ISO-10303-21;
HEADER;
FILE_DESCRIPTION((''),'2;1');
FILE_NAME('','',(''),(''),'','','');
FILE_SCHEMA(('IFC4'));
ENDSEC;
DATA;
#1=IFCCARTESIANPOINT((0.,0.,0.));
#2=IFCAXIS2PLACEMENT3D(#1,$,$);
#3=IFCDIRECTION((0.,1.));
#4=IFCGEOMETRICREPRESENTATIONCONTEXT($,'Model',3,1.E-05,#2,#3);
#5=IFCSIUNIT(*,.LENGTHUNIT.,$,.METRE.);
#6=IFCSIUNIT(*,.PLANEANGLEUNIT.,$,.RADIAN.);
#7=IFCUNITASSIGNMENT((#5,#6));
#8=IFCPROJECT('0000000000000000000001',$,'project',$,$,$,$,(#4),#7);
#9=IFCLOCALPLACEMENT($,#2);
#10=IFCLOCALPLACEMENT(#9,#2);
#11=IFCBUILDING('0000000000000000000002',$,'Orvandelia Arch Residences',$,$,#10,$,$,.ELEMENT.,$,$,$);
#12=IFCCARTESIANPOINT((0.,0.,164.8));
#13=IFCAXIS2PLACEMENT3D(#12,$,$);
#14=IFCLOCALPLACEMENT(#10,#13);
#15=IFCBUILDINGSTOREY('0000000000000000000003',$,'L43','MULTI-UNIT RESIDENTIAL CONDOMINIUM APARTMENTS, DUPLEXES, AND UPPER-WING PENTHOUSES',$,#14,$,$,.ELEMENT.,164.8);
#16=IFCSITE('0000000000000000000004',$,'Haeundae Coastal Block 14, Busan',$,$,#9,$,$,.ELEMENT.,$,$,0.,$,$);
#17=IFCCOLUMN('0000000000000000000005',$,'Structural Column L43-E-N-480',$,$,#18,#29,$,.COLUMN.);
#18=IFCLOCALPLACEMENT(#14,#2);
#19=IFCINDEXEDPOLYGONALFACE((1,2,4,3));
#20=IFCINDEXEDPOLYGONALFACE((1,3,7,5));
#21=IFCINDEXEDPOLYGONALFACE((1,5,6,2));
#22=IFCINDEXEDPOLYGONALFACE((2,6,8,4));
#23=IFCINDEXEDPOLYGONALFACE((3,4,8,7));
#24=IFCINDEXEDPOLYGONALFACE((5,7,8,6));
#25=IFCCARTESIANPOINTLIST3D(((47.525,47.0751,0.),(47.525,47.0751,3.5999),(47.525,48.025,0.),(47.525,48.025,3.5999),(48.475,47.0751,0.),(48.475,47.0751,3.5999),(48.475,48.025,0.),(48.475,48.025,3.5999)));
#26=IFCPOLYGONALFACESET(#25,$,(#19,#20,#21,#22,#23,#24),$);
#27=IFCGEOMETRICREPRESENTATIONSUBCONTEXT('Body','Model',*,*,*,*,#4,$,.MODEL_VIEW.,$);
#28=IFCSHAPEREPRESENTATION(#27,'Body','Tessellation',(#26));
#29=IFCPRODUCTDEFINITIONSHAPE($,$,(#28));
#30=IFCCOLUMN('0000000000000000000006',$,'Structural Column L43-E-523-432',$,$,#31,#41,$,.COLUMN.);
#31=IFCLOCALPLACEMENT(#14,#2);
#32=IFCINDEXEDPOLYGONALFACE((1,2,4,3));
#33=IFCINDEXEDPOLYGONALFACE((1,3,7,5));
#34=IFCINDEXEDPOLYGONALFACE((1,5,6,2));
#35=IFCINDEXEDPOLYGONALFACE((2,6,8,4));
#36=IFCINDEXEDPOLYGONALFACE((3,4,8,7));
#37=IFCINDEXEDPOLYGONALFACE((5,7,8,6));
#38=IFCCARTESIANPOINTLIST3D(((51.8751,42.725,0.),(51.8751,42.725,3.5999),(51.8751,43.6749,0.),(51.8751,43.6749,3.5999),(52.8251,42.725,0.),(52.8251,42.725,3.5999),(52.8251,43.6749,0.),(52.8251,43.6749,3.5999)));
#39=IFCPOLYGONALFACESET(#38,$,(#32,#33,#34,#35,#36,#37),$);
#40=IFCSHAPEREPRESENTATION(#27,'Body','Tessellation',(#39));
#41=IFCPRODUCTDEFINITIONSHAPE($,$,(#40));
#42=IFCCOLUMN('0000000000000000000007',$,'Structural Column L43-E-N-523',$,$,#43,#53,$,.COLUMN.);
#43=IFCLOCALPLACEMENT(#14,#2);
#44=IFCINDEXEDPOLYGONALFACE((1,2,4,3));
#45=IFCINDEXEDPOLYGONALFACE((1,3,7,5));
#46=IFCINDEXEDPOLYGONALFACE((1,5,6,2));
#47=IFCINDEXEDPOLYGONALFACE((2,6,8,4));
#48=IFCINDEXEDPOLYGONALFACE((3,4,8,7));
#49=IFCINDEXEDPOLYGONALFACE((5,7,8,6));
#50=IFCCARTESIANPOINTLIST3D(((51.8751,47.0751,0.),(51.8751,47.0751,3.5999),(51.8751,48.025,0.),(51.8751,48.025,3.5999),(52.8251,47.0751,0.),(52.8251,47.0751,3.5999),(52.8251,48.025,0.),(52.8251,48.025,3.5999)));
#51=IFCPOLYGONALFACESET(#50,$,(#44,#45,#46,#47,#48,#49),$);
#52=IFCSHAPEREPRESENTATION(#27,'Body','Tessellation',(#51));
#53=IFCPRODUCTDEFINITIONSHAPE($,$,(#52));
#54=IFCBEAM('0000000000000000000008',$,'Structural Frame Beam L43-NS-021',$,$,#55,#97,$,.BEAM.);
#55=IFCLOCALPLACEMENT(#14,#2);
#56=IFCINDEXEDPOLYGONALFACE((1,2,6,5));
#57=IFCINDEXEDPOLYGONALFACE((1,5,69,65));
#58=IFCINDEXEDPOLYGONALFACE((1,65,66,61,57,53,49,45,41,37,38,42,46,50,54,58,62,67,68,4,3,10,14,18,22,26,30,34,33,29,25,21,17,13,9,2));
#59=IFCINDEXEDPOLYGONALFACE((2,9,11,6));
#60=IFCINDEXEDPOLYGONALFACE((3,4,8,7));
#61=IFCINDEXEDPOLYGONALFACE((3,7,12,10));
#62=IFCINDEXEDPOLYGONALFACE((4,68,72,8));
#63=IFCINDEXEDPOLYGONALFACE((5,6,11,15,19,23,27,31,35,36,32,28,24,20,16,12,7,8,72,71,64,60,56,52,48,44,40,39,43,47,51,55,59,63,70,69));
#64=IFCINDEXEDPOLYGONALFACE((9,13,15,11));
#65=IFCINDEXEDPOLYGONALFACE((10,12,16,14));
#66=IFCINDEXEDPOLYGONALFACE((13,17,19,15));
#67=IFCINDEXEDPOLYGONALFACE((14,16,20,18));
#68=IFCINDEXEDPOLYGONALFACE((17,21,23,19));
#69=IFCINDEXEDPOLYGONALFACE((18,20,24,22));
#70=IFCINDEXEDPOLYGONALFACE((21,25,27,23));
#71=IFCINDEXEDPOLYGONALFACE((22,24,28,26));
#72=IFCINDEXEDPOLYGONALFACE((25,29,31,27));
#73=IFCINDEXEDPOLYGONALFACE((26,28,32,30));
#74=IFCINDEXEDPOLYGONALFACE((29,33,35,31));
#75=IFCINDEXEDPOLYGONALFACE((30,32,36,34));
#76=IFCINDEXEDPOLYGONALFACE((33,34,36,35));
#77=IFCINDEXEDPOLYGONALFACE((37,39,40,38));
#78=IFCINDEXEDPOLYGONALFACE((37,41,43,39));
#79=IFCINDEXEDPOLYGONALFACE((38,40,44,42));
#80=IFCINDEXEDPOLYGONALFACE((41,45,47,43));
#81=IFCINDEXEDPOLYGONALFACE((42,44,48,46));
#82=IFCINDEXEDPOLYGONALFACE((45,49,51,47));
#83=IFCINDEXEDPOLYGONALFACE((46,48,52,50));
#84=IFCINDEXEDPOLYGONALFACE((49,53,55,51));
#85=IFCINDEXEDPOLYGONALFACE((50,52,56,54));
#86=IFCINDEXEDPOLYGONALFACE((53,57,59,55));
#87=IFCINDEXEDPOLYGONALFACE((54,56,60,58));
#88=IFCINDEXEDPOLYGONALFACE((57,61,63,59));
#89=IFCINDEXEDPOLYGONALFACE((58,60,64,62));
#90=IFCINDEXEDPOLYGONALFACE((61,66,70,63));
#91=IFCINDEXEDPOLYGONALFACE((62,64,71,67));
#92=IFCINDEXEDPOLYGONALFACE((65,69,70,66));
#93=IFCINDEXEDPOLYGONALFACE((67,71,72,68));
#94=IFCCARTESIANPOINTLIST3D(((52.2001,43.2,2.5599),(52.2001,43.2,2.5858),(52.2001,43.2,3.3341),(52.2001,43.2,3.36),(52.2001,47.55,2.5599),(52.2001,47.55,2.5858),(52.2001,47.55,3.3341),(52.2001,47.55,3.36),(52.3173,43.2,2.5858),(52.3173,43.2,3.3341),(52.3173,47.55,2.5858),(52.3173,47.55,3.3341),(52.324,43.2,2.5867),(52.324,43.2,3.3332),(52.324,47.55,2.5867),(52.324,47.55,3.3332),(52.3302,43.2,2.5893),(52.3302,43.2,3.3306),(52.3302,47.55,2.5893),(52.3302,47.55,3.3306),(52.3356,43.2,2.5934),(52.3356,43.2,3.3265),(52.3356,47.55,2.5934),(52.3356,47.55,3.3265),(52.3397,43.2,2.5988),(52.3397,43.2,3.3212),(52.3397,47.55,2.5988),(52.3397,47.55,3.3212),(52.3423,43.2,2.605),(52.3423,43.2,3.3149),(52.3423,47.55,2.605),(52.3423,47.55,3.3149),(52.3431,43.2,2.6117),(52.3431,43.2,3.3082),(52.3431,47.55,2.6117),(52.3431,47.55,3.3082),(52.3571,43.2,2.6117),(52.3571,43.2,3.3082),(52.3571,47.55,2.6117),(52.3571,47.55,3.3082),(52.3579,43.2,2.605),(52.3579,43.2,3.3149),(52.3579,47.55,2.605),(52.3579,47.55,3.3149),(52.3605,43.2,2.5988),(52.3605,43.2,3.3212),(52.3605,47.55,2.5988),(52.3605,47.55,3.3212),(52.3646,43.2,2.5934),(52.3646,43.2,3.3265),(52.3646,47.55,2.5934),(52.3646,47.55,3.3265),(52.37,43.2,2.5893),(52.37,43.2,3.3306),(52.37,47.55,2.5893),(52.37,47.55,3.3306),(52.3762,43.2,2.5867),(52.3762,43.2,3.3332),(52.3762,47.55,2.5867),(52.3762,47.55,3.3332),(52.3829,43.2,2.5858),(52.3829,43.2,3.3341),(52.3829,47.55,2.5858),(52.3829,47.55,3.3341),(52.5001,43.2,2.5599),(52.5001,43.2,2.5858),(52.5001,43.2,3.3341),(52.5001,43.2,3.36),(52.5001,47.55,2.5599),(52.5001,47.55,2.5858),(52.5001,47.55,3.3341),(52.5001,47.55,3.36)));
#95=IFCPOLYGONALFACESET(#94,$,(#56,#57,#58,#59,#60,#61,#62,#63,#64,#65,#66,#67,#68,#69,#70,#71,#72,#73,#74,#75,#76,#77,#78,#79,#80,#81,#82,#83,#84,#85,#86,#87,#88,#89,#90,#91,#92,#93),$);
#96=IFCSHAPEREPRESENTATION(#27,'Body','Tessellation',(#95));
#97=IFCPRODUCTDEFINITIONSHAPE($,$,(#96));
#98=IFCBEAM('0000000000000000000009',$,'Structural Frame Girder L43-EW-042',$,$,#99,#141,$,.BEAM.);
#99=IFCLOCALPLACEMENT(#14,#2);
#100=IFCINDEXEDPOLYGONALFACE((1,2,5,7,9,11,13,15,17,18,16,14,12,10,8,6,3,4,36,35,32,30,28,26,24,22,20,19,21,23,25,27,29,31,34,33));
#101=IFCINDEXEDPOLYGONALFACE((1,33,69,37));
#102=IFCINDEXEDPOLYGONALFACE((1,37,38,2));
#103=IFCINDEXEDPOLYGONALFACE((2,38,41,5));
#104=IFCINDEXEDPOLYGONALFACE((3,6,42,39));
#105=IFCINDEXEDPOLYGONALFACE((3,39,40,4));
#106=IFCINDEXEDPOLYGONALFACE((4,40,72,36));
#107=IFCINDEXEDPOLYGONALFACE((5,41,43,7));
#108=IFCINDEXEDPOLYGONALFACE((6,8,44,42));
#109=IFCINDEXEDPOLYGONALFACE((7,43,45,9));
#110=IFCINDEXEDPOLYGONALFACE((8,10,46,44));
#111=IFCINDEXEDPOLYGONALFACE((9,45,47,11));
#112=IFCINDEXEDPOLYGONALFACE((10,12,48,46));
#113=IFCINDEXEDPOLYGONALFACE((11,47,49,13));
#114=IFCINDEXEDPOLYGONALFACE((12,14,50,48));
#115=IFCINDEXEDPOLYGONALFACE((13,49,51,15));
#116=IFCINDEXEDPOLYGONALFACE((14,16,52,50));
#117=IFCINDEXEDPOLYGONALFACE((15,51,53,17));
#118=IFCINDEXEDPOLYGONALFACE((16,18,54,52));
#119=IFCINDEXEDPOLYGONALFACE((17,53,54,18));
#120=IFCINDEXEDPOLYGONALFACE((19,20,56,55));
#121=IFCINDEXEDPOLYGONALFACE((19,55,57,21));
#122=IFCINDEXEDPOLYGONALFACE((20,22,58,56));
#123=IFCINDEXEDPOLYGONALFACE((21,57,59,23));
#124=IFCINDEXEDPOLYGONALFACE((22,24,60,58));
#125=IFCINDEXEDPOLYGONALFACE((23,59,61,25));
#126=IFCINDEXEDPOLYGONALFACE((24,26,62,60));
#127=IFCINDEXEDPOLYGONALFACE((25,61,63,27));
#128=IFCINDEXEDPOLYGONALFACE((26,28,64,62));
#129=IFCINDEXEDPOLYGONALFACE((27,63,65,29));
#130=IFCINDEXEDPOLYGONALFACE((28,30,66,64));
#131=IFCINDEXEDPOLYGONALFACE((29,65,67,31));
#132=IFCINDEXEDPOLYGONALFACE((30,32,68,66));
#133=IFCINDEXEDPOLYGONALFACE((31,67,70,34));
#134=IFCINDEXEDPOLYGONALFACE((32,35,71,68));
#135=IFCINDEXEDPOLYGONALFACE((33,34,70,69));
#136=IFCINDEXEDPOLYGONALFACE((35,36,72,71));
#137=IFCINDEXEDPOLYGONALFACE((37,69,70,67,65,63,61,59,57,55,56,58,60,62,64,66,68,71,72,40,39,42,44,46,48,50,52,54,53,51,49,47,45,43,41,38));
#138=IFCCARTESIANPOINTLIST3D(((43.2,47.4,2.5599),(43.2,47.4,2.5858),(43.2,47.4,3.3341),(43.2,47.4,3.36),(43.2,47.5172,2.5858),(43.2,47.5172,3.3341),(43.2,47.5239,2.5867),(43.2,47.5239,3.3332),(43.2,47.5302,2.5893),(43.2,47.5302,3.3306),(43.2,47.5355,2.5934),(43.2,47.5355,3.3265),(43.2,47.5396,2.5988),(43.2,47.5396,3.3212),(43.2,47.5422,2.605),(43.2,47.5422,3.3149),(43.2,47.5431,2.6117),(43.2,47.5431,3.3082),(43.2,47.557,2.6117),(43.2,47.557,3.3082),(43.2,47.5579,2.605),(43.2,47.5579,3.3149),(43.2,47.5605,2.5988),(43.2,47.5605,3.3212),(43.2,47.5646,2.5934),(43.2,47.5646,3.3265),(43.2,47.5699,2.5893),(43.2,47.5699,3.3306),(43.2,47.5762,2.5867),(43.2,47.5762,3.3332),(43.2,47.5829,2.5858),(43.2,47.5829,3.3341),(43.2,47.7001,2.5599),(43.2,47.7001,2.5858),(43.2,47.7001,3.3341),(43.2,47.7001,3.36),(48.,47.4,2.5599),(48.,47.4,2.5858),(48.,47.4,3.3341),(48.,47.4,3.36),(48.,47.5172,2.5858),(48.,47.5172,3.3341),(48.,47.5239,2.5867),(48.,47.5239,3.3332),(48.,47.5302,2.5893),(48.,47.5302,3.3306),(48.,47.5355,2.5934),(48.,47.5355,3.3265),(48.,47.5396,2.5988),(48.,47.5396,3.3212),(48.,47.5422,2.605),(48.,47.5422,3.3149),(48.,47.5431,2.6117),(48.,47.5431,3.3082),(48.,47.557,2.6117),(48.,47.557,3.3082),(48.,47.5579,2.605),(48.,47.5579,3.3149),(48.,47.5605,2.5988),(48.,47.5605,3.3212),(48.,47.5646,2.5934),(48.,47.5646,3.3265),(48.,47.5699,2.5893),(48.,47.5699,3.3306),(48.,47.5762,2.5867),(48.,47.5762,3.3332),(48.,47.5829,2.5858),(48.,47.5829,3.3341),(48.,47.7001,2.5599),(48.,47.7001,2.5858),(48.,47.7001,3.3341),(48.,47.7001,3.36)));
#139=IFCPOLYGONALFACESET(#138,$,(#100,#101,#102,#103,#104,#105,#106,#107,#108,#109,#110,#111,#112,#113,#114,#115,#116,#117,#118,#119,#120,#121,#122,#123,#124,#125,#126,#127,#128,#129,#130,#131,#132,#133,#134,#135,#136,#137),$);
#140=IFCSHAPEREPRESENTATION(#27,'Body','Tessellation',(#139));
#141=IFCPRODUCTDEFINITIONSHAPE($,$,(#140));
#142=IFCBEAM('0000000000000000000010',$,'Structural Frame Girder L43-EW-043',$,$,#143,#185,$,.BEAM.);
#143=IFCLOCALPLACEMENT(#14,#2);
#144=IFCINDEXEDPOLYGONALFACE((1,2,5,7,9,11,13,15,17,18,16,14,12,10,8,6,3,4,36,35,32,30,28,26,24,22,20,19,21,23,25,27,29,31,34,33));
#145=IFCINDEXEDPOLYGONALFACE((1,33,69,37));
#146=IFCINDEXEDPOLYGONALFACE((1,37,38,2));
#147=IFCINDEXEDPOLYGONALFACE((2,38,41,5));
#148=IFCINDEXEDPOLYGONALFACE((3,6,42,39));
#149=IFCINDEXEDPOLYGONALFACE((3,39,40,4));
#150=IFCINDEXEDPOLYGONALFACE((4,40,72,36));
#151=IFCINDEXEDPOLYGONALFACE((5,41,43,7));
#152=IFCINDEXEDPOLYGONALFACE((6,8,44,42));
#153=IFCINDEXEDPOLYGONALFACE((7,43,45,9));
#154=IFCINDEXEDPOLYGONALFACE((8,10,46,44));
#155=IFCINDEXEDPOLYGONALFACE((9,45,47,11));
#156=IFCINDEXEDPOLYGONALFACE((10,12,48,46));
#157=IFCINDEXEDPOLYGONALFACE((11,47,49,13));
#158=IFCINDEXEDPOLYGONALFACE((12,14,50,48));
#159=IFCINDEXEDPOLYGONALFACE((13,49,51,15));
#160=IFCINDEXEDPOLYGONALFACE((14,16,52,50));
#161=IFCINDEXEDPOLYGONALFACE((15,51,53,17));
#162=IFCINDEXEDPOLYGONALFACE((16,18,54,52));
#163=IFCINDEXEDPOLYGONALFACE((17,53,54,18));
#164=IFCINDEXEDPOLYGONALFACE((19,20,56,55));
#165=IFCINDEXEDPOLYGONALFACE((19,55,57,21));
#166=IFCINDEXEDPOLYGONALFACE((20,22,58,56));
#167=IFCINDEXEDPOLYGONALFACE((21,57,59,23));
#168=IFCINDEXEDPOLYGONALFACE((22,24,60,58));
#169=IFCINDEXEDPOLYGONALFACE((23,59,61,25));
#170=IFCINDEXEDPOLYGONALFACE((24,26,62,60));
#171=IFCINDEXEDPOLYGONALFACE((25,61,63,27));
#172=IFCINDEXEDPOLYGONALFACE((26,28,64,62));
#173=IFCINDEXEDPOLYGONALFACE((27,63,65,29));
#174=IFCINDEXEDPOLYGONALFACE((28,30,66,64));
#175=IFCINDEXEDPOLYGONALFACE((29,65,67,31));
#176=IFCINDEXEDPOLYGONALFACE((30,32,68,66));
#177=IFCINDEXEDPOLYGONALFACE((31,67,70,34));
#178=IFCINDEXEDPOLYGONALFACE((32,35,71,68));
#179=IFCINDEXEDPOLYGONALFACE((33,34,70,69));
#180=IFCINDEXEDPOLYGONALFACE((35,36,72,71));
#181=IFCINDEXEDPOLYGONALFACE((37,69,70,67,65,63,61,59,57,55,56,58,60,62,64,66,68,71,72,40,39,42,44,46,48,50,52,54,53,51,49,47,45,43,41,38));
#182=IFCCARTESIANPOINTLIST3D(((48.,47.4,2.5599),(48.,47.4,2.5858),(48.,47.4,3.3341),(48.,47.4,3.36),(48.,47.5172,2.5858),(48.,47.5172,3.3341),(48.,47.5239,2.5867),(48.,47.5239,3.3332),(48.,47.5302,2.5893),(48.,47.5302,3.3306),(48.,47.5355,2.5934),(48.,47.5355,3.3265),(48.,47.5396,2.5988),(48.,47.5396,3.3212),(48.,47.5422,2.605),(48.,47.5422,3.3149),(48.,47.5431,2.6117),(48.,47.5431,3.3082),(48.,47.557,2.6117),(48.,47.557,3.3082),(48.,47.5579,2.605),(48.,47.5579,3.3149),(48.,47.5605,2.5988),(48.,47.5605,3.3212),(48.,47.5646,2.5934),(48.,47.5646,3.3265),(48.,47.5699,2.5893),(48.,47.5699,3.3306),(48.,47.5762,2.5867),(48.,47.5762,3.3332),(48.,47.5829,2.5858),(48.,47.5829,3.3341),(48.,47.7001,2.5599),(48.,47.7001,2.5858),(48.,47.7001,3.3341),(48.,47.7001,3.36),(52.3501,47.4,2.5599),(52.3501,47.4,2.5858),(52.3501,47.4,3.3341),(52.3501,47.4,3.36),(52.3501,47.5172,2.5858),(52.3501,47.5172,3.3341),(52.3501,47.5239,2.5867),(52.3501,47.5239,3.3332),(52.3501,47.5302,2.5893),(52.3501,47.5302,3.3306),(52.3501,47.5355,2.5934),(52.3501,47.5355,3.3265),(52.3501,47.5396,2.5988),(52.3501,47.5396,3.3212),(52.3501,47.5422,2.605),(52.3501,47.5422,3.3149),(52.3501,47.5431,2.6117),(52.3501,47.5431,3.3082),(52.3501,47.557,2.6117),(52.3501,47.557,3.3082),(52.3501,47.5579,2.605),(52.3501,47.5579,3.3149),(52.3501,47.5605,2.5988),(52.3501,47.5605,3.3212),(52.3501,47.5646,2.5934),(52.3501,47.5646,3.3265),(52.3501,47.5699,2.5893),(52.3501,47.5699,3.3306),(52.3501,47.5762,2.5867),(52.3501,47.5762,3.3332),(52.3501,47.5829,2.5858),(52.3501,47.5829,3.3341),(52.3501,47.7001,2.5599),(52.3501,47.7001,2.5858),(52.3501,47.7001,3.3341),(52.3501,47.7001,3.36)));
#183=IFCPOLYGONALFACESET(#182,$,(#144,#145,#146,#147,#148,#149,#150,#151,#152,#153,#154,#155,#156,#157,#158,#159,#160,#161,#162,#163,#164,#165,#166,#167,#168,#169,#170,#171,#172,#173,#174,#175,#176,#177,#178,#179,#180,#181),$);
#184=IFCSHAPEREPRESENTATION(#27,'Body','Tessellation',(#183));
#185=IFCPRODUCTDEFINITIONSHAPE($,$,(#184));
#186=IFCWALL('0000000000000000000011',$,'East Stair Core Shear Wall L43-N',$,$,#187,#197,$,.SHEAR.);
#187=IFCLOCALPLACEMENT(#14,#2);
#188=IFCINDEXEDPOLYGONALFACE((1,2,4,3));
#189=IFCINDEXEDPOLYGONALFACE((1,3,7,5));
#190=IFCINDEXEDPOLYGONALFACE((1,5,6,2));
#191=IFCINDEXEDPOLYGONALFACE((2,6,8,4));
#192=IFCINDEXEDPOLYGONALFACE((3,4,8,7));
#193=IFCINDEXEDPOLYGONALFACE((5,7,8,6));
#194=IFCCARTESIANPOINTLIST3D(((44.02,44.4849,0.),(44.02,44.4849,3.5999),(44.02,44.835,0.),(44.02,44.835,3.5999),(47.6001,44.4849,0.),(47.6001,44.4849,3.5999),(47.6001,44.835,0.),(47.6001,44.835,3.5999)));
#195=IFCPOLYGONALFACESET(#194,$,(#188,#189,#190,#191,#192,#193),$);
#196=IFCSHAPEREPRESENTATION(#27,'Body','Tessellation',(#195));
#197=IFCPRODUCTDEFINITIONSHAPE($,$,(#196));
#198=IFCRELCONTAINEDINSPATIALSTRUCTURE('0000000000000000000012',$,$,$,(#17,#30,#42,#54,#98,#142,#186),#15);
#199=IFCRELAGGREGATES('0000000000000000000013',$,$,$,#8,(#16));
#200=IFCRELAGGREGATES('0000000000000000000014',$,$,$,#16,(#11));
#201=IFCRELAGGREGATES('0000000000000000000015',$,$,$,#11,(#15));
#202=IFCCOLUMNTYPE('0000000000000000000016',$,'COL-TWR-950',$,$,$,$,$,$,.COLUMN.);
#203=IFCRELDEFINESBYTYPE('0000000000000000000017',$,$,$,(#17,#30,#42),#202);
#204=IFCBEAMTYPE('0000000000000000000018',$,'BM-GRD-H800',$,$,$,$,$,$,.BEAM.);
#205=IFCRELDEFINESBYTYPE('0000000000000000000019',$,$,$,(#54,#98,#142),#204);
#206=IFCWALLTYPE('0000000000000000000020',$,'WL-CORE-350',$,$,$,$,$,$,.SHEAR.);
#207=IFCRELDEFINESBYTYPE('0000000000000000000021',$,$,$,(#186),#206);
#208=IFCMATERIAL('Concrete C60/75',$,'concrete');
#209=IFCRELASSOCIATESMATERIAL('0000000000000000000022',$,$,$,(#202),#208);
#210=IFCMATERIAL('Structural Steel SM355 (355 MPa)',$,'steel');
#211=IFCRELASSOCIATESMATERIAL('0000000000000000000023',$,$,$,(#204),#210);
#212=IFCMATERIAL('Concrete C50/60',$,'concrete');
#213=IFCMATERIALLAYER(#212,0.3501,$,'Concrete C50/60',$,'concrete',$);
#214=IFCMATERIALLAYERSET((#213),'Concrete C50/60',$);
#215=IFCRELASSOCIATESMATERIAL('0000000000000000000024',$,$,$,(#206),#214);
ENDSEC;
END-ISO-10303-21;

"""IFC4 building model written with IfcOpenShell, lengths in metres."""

from ifc_helpers import new_model, si_unit, direction, frame, frame_2d, origin, origin_2d, place, context, subcontext, project, spatial, rectangle, i_section, extrude, material, layer, layer_set, material_profile, profile_set, type_object, element, save


model = new_model("IFC4")

# Units and contexts
model_context = context("Model", 3, precision=1e-05, world=origin(), true_north=direction((0.0, 1.0)))
body_context = subcontext(model_context, "Body", "Model", "MODEL_VIEW")
ifc_project = project(units=[si_unit("LENGTHUNIT", "METRE"), si_unit("PLANEANGLEUNIT", "RADIAN")], contexts=[model_context])

# Site, building, storey
site_placement = place(None, origin())
site = spatial("IfcSite", under=ifc_project, at=site_placement, Name="Haeundae Coastal Block 14, Busan", CompositionType="ELEMENT", RefElevation=0.0)
building_placement = place(site_placement, origin())
building = spatial("IfcBuilding", under=site, at=building_placement, Name="Orvandelia Arch Residences", CompositionType="ELEMENT")
storey_placement = place(building_placement, frame((0.0, 0.0, 164.8)))
storey = spatial("IfcBuildingStorey", under=building, at=storey_placement, Name="L43", Description="MULTI-UNIT RESIDENTIAL CONDOMINIUM APARTMENTS, DUPLEXES, AND UPPER-WING PENTHOUSES", CompositionType="ELEMENT", Elevation=164.8)

# Columns
ifc_material_1 = material(Name="Concrete C60/75", Category="concrete")
ifc_material_profile_1 = material_profile(ifc_material_1, rectangle(XDim=0.95, YDim=0.95, at=origin_2d()), Name="Concrete C60/75", Category="concrete")
ifc_profile_set_1 = profile_set([ifc_material_profile_1], Name="Concrete C60/75")
column_type = type_object("IfcColumnType", Name="COL-TWR-950", PredefinedType="COLUMN", material=ifc_profile_set_1)
for number, where, z_axis, x_axis, name in (
    (1, (48.0, 47.55, 0.0), (0.0, 0.0, 1.0), (1.0, 0.0, 0.0), "Structural Column L43-E-N-480"),
    (2, (52.3501, 43.2, 0.0), (0.0, 0.0, 1.0), (1.0, 0.0, 0.0), "Structural Column L43-E-523-432"),
    (3, (52.3501, 47.55, 0.0), (0.0, 0.0, 1.0), (1.0, 0.0, 0.0), "Structural Column L43-E-N-523"),
):
    element("IfcColumn", number, at=place(storey_placement, frame(where, z_axis=z_axis, x_axis=x_axis)), inside=storey, type_object=column_type, Name=name, PredefinedType="COLUMN", context=body_context, shape_type="SweptSolid", body=[
        extrude(rectangle(XDim=0.95, YDim=0.95, at=origin_2d()), origin(), (0.0, 0.0, 1.0), 3.5999),
    ])

# Beams
ifc_material_2 = material(Name="Structural Steel SM355 (355 MPa)", Category="steel")
ifc_material_profile_2 = material_profile(ifc_material_2, i_section(OverallWidth=0.3, OverallDepth=0.8, WebThickness=0.0139, FlangeThickness=0.0259, FilletRadius=0.0259, at=origin_2d()), Name="Structural Steel SM355 (355 MPa)", Category="steel")
ifc_profile_set_2 = profile_set([ifc_material_profile_2], Name="Structural Steel SM355 (355 MPa)")
beam_type = type_object("IfcBeamType", Name="BM-GRD-H800", PredefinedType="BEAM", material=ifc_profile_set_2)
beam_1_placement = place(storey_placement, frame((52.3501, 43.2, 2.96), z_axis=(0.0, 1.0, 0.0), x_axis=(-1.0, 0.0, 0.0)))
element("IfcBeam", 4, at=beam_1_placement, inside=storey, type_object=beam_type, Name="Structural Frame Beam L43-NS-021", PredefinedType="BEAM", context=body_context, shape_type="SweptSolid", body=[
    extrude(i_section(OverallWidth=0.3, OverallDepth=0.8, WebThickness=0.0139, FlangeThickness=0.0259, FilletRadius=0.0259, at=origin_2d()), origin(), (0.0, 0.0, 1.0), 4.3501),
])
beam_2_placement = place(storey_placement, frame((43.2, 47.55, 2.96), z_axis=(1.0, 0.0, 0.0), x_axis=(0.0, 1.0, 0.0)))
element("IfcBeam", 5, at=beam_2_placement, inside=storey, type_object=beam_type, Name="Structural Frame Girder L43-EW-042", PredefinedType="BEAM", context=body_context, shape_type="SweptSolid", body=[
    extrude(i_section(OverallWidth=0.3, OverallDepth=0.8, WebThickness=0.0139, FlangeThickness=0.0259, FilletRadius=0.0259, at=origin_2d()), origin(), (0.0, 0.0, 1.0), 4.8),
])
beam_3_placement = place(storey_placement, frame((48.0, 47.55, 2.96), z_axis=(1.0, 0.0, 0.0), x_axis=(0.0, 1.0, 0.0)))
element("IfcBeam", 6, at=beam_3_placement, inside=storey, type_object=beam_type, Name="Structural Frame Girder L43-EW-043", PredefinedType="BEAM", context=body_context, shape_type="SweptSolid", body=[
    extrude(i_section(OverallWidth=0.3, OverallDepth=0.8, WebThickness=0.0139, FlangeThickness=0.0259, FilletRadius=0.0259, at=origin_2d()), origin(), (0.0, 0.0, 1.0), 4.3501),
])

# Wall
ifc_material_3 = material(Name="Concrete C50/60", Category="concrete")
ifc_layer_1 = layer(ifc_material_3, 0.3501, Name="Concrete C50/60", Category="concrete")
ifc_layer_set_1 = layer_set([ifc_layer_1], Name="Concrete C50/60")
wall_type_1 = type_object("IfcWallType", Name="WL-CORE-350", PredefinedType="SHEAR", material=ifc_layer_set_1)
wall_1_placement = place(storey_placement, frame((44.02, 44.6599, 0.0), z_axis=(0.0, 0.0, 1.0), x_axis=(1.0, 0.0, 0.0)))
element("IfcWall", 7, at=wall_1_placement, inside=storey, type_object=wall_type_1, Name="East Stair Core Shear Wall L43-N", PredefinedType="SHEAR", context=body_context, shape_type="SweptSolid", body=[
    extrude(rectangle(XDim=3.5801, YDim=0.3501, at=frame_2d((1.79, 0.0))), origin(), (0.0, 0.0, 1.0), 3.5999),
])

save(model, "model.ifc")
